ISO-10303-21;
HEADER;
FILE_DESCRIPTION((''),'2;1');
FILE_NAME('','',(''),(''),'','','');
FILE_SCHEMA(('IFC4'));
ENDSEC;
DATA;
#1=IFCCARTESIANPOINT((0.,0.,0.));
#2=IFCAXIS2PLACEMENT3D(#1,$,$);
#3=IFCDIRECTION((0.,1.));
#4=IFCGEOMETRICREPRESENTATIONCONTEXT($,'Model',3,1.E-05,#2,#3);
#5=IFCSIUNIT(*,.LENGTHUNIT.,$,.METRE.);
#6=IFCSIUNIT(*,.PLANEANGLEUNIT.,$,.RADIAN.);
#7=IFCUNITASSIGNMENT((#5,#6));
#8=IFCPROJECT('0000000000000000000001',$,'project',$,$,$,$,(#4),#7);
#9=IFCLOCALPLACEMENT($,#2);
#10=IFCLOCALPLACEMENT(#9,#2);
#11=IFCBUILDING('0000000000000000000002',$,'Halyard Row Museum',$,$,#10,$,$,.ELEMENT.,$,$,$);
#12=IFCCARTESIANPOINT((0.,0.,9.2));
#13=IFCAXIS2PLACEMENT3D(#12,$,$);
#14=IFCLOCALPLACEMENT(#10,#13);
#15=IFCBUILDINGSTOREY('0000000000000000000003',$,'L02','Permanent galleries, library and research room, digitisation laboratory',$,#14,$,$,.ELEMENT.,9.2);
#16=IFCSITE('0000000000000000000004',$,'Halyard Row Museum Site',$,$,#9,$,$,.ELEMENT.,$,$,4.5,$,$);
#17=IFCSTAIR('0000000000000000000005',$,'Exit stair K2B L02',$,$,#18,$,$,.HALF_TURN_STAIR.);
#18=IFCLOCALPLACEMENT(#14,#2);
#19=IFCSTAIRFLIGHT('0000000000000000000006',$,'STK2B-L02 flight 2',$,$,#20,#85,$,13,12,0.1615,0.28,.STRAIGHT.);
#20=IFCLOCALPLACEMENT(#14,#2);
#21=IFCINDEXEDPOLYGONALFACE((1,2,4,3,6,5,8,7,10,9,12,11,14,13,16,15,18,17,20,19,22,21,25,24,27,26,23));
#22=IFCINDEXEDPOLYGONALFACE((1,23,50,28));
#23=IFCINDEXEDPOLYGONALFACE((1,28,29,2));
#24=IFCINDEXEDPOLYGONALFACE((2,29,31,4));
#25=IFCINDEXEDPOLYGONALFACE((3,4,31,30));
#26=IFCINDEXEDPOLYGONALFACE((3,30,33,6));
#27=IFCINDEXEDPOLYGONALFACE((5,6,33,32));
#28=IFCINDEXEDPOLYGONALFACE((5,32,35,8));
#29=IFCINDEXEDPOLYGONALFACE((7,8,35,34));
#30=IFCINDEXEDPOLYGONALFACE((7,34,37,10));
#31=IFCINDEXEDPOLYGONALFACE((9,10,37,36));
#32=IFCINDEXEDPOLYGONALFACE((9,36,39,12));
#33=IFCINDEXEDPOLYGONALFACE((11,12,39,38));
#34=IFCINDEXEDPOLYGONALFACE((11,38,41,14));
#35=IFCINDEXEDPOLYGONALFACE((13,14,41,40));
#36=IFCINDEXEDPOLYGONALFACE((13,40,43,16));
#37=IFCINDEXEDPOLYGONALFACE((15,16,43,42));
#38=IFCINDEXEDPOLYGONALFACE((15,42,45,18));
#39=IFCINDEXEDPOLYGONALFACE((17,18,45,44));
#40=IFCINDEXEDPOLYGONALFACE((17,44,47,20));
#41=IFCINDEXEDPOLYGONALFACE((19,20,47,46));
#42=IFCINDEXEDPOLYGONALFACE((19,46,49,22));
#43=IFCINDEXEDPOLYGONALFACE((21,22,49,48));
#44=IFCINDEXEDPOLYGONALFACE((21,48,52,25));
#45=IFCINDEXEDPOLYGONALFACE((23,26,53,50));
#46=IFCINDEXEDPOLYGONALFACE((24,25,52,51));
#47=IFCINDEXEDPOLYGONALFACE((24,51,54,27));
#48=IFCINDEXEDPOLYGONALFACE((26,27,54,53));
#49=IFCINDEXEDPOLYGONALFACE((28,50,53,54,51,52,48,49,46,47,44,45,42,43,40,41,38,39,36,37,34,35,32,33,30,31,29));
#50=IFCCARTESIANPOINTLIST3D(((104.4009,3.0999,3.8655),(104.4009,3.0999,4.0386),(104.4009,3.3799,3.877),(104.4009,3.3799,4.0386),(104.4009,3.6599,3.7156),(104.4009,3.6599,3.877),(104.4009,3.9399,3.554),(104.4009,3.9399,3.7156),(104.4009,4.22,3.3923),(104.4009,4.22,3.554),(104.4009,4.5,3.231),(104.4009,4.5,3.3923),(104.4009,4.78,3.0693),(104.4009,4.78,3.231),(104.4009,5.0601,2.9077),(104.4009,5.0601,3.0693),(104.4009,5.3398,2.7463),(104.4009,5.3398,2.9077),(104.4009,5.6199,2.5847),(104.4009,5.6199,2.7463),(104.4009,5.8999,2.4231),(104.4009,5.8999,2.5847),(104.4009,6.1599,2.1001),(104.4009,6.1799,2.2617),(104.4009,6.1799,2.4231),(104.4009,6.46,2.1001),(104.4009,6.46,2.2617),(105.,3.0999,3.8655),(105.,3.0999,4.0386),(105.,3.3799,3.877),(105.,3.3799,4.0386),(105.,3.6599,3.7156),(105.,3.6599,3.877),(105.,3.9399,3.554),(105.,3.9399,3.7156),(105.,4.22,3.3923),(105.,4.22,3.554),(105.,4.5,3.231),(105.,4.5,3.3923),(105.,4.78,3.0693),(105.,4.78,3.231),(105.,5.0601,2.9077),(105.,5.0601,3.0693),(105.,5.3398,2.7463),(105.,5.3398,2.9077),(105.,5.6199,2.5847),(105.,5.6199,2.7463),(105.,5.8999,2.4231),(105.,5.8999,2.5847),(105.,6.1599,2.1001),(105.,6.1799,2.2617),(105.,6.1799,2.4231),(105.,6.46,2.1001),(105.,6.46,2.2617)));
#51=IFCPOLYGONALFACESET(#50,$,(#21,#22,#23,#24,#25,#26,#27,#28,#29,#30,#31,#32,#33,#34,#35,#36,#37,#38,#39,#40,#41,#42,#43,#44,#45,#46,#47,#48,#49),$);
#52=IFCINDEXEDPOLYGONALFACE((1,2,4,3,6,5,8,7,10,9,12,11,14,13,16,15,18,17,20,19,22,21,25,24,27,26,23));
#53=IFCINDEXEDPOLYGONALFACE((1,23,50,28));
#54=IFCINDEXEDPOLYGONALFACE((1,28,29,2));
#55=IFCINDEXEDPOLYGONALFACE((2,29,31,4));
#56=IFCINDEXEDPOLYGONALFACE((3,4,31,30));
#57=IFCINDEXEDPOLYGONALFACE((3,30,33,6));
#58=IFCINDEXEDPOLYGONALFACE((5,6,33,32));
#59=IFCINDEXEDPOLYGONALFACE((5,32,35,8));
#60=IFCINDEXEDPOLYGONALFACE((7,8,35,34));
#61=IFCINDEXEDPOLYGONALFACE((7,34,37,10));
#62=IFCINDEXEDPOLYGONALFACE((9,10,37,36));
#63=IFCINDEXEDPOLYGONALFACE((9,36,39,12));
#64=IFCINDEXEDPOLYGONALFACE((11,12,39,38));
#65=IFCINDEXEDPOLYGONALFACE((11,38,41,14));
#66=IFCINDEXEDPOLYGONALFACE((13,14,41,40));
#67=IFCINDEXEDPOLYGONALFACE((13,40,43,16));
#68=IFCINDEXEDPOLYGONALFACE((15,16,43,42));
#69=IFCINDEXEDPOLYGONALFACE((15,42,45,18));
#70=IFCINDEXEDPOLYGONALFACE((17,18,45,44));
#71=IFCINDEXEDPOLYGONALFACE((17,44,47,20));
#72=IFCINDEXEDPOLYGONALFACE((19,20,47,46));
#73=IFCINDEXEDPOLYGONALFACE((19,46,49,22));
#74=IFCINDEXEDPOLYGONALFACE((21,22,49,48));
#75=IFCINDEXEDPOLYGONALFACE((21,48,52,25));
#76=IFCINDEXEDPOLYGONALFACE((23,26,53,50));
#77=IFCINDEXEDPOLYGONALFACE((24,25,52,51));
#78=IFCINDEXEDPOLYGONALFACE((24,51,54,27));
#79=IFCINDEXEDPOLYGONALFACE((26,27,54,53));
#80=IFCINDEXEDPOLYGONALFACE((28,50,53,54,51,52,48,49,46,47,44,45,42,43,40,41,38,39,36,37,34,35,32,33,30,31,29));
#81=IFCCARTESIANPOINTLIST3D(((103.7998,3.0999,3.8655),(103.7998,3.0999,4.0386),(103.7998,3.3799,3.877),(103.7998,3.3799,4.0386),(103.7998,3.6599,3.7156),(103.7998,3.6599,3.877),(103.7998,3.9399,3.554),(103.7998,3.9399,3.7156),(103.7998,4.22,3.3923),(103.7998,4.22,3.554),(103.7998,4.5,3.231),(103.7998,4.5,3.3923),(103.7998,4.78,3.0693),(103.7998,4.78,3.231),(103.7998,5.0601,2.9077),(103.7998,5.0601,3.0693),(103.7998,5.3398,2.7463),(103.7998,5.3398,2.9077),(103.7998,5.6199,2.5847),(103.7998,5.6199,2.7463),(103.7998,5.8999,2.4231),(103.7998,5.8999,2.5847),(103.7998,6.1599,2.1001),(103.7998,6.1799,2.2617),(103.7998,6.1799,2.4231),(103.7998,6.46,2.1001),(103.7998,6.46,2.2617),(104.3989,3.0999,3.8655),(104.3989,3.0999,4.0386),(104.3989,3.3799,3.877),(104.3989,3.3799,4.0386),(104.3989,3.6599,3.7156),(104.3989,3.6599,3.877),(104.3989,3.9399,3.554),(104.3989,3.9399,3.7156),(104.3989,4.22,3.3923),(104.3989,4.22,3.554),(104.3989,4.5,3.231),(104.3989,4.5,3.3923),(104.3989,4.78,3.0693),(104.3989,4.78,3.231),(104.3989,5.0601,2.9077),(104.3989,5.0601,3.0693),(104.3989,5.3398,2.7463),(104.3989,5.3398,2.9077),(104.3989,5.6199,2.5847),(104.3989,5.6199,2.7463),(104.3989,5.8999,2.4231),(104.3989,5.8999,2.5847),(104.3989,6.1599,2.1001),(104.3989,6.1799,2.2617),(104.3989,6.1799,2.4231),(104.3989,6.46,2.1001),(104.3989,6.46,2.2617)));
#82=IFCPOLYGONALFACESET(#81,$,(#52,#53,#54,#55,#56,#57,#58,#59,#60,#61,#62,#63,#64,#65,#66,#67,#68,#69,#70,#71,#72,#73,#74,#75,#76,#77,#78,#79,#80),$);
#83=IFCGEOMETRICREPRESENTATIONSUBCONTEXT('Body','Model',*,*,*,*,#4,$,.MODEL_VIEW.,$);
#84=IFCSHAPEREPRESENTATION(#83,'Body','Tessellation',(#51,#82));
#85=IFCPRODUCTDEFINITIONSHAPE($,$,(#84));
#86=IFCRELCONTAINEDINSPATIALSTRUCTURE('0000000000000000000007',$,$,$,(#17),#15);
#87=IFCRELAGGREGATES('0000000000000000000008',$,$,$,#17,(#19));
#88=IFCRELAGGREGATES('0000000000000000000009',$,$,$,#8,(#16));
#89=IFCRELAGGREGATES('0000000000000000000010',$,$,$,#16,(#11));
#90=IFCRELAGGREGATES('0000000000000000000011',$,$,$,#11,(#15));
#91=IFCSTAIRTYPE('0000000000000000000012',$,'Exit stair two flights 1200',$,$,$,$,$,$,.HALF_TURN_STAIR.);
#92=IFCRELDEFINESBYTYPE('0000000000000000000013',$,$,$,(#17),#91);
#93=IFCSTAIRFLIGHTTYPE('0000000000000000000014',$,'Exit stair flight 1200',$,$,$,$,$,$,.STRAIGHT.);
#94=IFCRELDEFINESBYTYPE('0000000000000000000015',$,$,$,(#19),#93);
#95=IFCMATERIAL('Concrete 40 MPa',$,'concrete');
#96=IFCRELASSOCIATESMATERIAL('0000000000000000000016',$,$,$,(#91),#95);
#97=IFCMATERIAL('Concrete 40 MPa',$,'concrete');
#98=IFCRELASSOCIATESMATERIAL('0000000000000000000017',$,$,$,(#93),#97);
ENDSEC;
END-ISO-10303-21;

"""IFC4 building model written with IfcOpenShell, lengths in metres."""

from ifc_helpers import new_model, si_unit, direction, frame, origin, place, context, subcontext, project, spatial, polyline, outline, extrude, material, type_object, element, aggregate, save


model = new_model("IFC4")

# Units and contexts
model_context = context("Model", 3, precision=1e-05, world=origin(), true_north=direction((0.0, 1.0)))
body_context = subcontext(model_context, "Body", "Model", "MODEL_VIEW")
ifc_project = project(units=[si_unit("LENGTHUNIT", "METRE"), si_unit("PLANEANGLEUNIT", "RADIAN")], contexts=[model_context])

# Site, building, storey
site_placement = place(None, origin())
site = spatial("IfcSite", under=ifc_project, at=site_placement, Name="Halyard Row Museum Site", CompositionType="ELEMENT", RefElevation=4.5)
building_placement = place(site_placement, origin())
building = spatial("IfcBuilding", under=site, at=building_placement, Name="Halyard Row Museum", CompositionType="ELEMENT")
storey_placement = place(building_placement, frame((0.0, 0.0, 9.2)))
storey = spatial("IfcBuildingStorey", under=building, at=storey_placement, Name="L02", Description="Permanent galleries, library and research room, digitisation laboratory", CompositionType="ELEMENT", Elevation=9.2)

# Stair, stair flight
ifc_material_1 = material(Name="Concrete 40 MPa", Category="concrete")
stair_type = type_object("IfcStairType", Name="Exit stair two flights 1200", PredefinedType="HALF_TURN_STAIR", material=ifc_material_1)
stair_placement = place(storey_placement, origin())
stair = element("IfcStair", 1, at=stair_placement, inside=storey, type_object=stair_type, Name="Exit stair K2B L02", PredefinedType="HALF_TURN_STAIR")
ifc_material_2 = material(Name="Concrete 40 MPa", Category="concrete")
stair_flight_type = type_object("IfcStairFlightType", Name="Exit stair flight 1200", PredefinedType="STRAIGHT", material=ifc_material_2)
stair_flight_1_placement = place(storey_placement, frame((104.3999, 6.46, 2.1001), z_axis=(0.0, 0.0, 1.0), x_axis=(0.0, -1.0, 0.0)))
stair_flight_1 = element("IfcStairFlight", 2, at=stair_flight_1_placement, type_object=stair_flight_type, Name="STK2B-L02 flight 2", NumberOfRisers=13, NumberOfTreads=12, PredefinedType="STRAIGHT", RiserHeight=0.1615, TreadLength=0.28, context=body_context, shape_type="SweptSolid", body=[
    extrude(outline(polyline([(0.0, 0.0), (0.0, 0.1616), (0.28, 0.1616), (0.28, 0.323), (0.5601, 0.323), (0.5601, 0.4846), (0.8401, 0.4846), (0.8401, 0.6462), (1.1201, 0.6462), (1.1201, 0.8076), (1.3999, 0.8076), (1.3999, 0.9692), (1.6799, 0.9692), (1.6799, 1.1309), (1.96, 1.1309), (1.96, 1.2922), (2.24, 1.2922), (2.24, 1.4539), (2.52, 1.4539), (2.52, 1.6155), (2.8, 1.6155), (2.8, 1.7769), (3.0801, 1.7769), (3.0801, 1.9385), (3.3601, 1.9385), (3.3601, 2.1001), (3.3601, 1.7654), (0.3, 0.0), (0.0, 0.0)])), frame((0.0, 0.6001, 0.0), z_axis=(0.0, -1.0, 0.0), x_axis=(1.0, 0.0, 0.0)), (0.0, 0.0, 1.0), 0.5991),
    extrude(outline(polyline([(0.0, 0.0), (0.0, 0.1616), (0.28, 0.1616), (0.28, 0.323), (0.5601, 0.323), (0.5601, 0.4846), (0.8401, 0.4846), (0.8401, 0.6462), (1.1201, 0.6462), (1.1201, 0.8076), (1.3999, 0.8076), (1.3999, 0.9692), (1.6799, 0.9692), (1.6799, 1.1309), (1.96, 1.1309), (1.96, 1.2922), (2.24, 1.2922), (2.24, 1.4539), (2.52, 1.4539), (2.52, 1.6155), (2.8, 1.6155), (2.8, 1.7769), (3.0801, 1.7769), (3.0801, 1.9385), (3.3601, 1.9385), (3.3601, 2.1001), (3.3601, 1.7654), (0.3, 0.0), (0.0, 0.0)])), frame((0.0, -0.001, 0.0), z_axis=(0.0, -1.0, 0.0), x_axis=(1.0, 0.0, 0.0)), (0.0, 0.0, 1.0), 0.5991),
])
aggregate(stair, [stair_flight_1])

save(model, "model.ifc")
